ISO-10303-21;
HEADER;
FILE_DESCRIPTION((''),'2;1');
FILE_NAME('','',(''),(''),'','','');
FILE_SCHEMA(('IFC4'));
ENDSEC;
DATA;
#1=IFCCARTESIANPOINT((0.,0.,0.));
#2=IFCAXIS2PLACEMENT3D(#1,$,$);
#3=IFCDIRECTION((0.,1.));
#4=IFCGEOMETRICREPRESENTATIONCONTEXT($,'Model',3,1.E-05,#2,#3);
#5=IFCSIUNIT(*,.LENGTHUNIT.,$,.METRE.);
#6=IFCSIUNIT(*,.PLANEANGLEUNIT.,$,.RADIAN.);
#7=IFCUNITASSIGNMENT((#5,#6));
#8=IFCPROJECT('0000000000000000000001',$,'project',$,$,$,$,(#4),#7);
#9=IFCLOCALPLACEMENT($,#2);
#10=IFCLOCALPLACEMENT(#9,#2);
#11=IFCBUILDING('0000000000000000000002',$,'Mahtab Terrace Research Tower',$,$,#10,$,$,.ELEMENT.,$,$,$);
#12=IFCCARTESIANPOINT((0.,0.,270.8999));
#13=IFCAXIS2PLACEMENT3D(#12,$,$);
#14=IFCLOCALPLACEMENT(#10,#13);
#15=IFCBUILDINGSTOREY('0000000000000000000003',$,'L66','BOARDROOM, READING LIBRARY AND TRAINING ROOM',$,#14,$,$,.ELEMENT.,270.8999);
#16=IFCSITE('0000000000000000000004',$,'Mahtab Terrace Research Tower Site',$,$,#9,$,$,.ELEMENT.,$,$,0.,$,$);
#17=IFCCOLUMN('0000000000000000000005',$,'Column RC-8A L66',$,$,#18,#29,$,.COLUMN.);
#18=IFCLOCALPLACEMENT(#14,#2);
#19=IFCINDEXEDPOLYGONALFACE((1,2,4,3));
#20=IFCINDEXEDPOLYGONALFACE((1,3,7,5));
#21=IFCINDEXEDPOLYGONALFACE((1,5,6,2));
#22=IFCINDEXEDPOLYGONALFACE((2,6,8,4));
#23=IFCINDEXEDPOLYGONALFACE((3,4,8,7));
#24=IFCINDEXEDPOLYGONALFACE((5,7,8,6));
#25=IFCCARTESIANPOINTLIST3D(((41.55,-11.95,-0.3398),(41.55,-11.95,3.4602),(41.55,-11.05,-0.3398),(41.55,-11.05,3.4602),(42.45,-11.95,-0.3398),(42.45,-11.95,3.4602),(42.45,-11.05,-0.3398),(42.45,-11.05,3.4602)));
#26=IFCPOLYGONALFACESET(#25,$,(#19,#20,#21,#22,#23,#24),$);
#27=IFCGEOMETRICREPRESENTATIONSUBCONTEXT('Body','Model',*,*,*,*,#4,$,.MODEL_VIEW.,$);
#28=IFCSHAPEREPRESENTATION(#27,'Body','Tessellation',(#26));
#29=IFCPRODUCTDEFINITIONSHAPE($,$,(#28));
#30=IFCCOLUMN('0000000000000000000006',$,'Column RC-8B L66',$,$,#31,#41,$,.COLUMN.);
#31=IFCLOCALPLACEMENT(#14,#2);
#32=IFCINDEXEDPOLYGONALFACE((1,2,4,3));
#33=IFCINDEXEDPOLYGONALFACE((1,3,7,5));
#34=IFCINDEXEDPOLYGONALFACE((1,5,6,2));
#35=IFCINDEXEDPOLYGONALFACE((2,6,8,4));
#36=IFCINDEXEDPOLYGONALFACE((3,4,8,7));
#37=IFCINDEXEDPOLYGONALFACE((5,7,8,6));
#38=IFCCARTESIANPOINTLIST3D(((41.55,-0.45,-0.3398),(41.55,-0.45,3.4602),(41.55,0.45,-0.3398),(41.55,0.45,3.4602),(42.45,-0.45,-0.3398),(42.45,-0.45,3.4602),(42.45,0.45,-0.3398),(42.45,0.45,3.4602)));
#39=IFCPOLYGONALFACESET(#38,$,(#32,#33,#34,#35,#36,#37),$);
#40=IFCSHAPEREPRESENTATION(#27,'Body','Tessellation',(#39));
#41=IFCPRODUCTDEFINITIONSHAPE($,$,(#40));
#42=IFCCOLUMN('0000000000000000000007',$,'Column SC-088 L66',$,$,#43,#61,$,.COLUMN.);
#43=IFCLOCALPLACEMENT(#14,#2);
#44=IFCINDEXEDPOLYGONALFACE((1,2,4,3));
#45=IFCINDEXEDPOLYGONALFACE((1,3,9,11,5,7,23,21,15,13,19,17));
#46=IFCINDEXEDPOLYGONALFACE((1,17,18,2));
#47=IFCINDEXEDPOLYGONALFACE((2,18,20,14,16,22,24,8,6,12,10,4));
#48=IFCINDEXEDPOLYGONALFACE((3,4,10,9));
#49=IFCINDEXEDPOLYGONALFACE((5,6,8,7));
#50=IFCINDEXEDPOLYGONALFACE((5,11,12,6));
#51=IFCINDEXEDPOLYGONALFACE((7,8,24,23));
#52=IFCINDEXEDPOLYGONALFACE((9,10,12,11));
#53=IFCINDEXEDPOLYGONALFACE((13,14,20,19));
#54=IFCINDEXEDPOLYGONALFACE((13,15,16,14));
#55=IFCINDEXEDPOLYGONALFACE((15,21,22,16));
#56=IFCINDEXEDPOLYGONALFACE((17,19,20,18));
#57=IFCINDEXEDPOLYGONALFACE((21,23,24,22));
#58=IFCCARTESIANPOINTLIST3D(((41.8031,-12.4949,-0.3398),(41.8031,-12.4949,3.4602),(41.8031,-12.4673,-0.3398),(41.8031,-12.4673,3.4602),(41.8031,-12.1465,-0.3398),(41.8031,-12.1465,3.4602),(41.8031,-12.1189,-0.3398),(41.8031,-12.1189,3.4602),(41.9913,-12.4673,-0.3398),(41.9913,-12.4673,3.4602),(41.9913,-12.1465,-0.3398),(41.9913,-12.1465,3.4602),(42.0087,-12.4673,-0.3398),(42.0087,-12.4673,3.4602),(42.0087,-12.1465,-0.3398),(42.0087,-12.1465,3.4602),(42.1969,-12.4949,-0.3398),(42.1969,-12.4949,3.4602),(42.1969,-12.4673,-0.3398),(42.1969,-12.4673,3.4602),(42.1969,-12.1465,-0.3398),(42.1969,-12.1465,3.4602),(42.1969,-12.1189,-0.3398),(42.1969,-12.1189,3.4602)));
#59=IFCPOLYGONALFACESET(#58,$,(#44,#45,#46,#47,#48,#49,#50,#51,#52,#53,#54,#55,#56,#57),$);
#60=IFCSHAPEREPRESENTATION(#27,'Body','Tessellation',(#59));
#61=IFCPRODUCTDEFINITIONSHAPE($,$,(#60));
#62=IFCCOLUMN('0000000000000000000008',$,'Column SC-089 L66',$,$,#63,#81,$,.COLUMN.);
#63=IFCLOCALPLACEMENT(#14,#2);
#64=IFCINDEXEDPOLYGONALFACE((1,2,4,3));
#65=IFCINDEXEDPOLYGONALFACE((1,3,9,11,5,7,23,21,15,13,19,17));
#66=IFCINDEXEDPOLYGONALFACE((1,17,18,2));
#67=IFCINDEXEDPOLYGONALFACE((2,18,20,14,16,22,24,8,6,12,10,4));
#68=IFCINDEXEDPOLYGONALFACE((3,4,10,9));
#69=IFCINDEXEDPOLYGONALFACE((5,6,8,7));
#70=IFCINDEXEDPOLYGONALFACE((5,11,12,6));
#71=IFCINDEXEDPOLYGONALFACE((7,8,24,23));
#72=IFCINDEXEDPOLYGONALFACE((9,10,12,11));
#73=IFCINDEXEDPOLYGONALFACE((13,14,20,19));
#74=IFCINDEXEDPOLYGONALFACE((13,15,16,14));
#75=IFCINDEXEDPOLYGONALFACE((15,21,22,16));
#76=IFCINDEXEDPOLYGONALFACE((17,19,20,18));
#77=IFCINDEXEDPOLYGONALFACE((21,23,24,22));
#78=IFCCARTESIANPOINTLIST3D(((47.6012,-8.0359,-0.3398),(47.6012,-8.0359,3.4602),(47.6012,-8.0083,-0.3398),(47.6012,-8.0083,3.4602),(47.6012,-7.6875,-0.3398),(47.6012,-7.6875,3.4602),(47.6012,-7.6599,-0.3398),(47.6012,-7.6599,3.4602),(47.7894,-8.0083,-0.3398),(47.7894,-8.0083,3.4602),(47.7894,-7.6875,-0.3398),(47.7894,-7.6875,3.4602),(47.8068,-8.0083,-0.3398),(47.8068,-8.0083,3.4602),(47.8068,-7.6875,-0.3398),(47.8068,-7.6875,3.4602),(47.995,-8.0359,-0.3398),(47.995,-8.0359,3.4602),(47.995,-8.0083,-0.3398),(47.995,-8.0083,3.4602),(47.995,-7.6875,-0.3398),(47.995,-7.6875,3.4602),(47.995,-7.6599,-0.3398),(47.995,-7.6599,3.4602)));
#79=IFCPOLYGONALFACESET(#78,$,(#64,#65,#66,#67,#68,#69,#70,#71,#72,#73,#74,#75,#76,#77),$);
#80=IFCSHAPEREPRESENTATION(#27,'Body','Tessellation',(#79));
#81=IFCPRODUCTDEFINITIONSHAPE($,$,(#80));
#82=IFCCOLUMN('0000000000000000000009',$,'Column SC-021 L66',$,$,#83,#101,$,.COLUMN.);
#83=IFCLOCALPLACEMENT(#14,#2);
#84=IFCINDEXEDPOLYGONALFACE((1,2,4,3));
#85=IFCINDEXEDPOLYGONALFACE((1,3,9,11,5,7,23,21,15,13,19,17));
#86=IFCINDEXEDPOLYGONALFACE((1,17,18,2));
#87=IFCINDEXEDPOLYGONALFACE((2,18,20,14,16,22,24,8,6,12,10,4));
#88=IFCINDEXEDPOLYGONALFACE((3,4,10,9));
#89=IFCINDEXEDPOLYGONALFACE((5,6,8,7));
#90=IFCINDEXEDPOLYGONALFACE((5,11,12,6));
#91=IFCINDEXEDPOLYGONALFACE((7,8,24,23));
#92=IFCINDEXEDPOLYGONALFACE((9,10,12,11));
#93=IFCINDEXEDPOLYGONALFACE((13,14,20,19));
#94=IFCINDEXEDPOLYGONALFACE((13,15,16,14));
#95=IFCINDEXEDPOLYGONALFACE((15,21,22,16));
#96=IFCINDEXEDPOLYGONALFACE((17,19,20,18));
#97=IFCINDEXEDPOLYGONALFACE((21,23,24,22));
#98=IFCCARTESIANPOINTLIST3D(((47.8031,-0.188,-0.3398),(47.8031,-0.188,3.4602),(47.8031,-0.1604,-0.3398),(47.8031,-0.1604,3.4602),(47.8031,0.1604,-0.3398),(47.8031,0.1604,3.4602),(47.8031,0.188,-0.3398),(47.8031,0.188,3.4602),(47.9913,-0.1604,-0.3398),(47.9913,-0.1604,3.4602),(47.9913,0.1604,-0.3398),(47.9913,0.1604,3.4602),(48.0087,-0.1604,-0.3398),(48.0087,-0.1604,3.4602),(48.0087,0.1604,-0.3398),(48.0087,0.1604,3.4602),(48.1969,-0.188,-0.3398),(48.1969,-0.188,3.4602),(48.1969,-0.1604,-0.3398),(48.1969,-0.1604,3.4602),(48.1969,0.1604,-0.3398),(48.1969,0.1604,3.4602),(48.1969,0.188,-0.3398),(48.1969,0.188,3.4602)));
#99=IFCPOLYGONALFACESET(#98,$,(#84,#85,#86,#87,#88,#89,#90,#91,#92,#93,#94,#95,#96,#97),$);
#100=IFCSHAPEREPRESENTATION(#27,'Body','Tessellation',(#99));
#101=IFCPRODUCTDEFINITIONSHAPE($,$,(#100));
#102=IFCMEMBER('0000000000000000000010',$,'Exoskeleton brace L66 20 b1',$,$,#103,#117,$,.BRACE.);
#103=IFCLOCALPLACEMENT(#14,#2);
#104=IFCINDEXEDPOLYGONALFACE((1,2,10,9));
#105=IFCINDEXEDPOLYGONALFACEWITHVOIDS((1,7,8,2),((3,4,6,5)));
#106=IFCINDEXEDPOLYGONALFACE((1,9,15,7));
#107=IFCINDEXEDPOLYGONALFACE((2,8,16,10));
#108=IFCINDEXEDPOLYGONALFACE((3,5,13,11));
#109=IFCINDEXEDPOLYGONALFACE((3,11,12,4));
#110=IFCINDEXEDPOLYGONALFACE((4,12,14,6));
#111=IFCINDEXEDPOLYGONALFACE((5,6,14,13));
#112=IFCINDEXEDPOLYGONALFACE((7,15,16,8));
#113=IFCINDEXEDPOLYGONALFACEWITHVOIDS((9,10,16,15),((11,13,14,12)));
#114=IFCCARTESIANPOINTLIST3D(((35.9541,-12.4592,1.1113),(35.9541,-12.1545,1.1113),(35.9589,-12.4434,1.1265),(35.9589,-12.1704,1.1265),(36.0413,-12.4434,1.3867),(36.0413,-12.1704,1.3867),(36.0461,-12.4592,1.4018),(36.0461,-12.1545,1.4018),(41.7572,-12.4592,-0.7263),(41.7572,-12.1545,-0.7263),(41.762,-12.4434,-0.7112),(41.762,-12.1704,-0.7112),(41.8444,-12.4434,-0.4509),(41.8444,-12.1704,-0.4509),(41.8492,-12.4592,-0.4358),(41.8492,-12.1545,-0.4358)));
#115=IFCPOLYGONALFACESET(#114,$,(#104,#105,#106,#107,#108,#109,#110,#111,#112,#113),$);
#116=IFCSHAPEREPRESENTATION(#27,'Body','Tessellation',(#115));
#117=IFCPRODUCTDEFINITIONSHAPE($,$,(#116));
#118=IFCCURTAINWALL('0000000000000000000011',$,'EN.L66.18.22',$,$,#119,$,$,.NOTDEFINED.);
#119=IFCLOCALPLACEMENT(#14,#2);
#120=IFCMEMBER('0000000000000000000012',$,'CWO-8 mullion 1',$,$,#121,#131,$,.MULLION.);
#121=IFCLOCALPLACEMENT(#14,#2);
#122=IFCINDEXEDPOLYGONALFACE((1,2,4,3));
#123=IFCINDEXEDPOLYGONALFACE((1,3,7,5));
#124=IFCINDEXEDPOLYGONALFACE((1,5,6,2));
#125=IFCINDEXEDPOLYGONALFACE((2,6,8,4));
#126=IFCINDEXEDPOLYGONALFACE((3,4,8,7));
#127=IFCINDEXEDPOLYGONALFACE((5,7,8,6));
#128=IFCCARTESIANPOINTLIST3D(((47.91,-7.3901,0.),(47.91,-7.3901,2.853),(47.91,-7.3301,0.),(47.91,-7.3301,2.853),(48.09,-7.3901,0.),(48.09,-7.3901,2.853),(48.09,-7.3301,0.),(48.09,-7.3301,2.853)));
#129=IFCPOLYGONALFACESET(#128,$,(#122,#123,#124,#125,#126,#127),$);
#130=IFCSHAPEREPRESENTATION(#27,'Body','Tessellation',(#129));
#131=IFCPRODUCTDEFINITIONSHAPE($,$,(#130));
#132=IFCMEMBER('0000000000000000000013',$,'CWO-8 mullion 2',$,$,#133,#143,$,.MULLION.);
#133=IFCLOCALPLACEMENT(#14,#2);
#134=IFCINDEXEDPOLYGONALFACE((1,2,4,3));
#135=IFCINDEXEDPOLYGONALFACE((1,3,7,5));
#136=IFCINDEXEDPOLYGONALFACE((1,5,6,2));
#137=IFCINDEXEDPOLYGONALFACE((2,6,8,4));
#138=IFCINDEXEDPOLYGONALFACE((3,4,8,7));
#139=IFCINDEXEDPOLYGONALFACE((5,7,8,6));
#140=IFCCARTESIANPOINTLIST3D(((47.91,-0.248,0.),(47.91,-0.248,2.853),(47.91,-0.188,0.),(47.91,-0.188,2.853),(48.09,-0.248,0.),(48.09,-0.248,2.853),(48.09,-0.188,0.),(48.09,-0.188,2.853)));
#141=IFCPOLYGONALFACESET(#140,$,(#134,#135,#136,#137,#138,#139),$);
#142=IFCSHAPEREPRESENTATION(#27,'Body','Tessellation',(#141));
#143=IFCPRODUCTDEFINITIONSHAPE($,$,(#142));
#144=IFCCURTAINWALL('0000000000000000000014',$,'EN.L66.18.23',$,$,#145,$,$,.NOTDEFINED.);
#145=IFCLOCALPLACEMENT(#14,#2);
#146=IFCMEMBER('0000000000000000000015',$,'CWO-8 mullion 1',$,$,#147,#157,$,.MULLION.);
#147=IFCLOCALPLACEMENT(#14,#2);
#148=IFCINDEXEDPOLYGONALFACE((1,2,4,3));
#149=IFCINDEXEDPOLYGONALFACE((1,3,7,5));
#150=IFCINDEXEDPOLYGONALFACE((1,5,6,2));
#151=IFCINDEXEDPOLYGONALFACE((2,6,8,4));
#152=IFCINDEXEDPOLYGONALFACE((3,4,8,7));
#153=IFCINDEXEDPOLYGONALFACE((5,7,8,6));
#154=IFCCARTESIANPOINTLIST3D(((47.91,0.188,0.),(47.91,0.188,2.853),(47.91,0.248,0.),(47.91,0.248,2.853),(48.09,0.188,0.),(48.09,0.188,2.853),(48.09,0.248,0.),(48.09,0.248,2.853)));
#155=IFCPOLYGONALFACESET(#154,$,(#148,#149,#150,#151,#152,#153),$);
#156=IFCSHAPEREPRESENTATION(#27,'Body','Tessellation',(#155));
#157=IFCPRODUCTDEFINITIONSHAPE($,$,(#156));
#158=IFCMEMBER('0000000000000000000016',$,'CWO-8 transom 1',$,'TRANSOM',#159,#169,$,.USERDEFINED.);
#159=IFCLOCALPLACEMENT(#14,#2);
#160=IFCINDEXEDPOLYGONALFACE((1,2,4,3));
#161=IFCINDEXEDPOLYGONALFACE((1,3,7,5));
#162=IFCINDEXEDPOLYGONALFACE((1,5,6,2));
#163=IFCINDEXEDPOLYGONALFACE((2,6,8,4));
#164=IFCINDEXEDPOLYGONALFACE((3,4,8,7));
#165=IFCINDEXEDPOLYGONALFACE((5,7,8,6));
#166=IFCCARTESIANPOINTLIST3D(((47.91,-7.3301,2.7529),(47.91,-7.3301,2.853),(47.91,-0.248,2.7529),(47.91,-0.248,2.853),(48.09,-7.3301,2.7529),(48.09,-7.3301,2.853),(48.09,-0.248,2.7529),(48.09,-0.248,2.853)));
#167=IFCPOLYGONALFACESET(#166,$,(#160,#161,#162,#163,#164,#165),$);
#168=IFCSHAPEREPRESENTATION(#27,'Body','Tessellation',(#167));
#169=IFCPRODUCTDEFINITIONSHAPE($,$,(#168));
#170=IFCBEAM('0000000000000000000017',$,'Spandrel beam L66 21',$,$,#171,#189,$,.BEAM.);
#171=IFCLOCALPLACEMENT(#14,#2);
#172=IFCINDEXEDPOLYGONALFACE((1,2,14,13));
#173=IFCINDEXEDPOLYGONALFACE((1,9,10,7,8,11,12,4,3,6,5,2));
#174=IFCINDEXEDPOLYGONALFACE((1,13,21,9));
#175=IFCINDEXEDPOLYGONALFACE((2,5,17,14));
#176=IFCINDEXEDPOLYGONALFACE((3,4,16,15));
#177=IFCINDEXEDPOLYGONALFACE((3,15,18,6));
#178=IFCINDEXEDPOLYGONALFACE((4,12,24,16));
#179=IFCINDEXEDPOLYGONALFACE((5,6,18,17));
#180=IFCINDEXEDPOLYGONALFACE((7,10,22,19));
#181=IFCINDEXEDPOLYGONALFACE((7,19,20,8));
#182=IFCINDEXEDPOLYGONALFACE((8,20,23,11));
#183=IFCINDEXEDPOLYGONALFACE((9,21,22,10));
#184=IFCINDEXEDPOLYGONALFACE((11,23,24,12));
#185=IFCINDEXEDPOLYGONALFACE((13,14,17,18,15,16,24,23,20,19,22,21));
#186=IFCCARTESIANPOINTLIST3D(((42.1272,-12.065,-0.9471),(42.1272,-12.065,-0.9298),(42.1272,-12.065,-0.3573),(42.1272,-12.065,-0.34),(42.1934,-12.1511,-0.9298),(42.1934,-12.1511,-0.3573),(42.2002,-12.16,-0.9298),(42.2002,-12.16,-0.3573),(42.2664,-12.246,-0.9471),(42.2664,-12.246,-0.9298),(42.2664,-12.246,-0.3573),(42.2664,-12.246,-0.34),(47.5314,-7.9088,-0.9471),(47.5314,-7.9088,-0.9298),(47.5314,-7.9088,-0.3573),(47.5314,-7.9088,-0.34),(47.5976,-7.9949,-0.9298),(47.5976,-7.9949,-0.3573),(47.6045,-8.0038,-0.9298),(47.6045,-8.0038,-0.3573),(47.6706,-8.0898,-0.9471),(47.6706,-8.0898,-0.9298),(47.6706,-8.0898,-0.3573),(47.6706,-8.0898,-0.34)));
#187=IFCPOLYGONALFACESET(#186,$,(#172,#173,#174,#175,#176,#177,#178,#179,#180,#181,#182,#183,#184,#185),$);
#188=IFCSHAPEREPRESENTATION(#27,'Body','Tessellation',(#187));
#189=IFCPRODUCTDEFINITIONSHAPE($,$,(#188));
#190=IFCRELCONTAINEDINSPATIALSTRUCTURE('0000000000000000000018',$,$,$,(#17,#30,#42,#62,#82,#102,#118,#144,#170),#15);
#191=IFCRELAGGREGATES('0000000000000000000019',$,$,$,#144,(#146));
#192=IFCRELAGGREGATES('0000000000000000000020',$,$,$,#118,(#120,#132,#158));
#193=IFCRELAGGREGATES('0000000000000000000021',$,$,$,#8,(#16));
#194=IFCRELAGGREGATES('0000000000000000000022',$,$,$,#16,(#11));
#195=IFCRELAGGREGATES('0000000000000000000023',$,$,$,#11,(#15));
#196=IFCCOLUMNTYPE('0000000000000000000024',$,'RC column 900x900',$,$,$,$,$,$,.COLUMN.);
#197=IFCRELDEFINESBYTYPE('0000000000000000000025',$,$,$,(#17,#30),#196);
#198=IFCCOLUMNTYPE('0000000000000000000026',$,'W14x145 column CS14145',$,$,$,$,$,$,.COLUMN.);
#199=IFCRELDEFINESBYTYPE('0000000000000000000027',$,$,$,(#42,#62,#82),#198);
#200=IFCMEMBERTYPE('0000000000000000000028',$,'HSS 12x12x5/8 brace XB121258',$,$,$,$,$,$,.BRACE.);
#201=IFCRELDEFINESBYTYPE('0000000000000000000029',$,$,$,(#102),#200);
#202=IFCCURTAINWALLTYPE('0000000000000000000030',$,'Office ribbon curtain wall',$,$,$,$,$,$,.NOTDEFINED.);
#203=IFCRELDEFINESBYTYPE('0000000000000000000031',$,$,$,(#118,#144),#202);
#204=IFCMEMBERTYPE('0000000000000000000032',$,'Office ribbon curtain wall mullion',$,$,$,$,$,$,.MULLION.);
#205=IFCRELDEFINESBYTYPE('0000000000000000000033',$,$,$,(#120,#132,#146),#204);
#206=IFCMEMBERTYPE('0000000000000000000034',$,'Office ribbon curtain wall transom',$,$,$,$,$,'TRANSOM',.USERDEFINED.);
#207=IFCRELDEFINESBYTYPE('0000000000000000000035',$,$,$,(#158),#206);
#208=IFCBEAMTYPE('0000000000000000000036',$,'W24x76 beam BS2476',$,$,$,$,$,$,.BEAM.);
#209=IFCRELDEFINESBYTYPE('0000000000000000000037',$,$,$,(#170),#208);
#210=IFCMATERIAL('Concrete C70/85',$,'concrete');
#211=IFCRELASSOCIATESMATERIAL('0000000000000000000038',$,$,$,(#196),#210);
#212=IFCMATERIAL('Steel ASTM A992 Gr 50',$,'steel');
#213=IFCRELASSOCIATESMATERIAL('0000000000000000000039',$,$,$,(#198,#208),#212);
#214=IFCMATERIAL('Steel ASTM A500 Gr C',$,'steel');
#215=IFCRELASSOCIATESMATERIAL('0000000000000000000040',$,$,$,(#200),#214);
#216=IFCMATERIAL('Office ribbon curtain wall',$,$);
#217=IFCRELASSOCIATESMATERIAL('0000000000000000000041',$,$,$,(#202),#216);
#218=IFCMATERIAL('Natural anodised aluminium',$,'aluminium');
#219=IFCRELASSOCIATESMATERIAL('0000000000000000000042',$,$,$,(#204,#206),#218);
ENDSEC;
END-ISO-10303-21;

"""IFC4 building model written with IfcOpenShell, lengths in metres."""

from ifc_helpers import new_model, si_unit, direction, frame, origin, origin_2d, place, context, subcontext, project, spatial, rectangle, hollow_rectangle, i_section, extrude, material, material_profile, profile_set, type_object, element, aggregate, save


model = new_model("IFC4")

# Units and contexts
model_context = context("Model", 3, precision=1e-05, world=origin(), true_north=direction((0.0, 1.0)))
body_context = subcontext(model_context, "Body", "Model", "MODEL_VIEW")
ifc_project = project(units=[si_unit("LENGTHUNIT", "METRE"), si_unit("PLANEANGLEUNIT", "RADIAN")], contexts=[model_context])

# Site, building, storey
site_placement = place(None, origin())
site = spatial("IfcSite", under=ifc_project, at=site_placement, Name="Mahtab Terrace Research Tower Site", CompositionType="ELEMENT", RefElevation=0.0)
building_placement = place(site_placement, origin())
building = spatial("IfcBuilding", under=site, at=building_placement, Name="Mahtab Terrace Research Tower", CompositionType="ELEMENT")
storey_placement = place(building_placement, frame((0.0, 0.0, 270.8999)))
storey = spatial("IfcBuildingStorey", under=building, at=storey_placement, Name="L66", Description="BOARDROOM, READING LIBRARY AND TRAINING ROOM", CompositionType="ELEMENT", Elevation=270.8999)

# Columns
ifc_material_1 = material(Name="Concrete C70/85", Category="concrete")
ifc_material_profile_1 = material_profile(ifc_material_1, rectangle(XDim=0.8999, YDim=0.8999, at=origin_2d()), Name="RC column 900x900")
ifc_profile_set_1 = profile_set([ifc_material_profile_1], Name="Concrete C70/85")
column_type_1 = type_object("IfcColumnType", Name="RC column 900x900", PredefinedType="COLUMN", material=ifc_profile_set_1)
for number, where, z_axis, x_axis, name in (
    (1, (42.0, -11.5, -0.3398), (0.0, 0.0, 1.0), (1.0, 0.0, 0.0), "Column RC-8A L66"),
    (2, (42.0, 0.0, -0.3398), (0.0, 0.0, 1.0), (1.0, 0.0, 0.0), "Column RC-8B L66"),
):
    element("IfcColumn", number, at=place(storey_placement, frame(where, z_axis=z_axis, x_axis=x_axis)), inside=storey, type_object=column_type_1, Name=name, PredefinedType="COLUMN", context=body_context, shape_type="SweptSolid", body=[
        extrude(rectangle(XDim=0.8999, YDim=0.8999, at=origin_2d()), origin(), (0.0, 0.0, 1.0), 3.8),
    ])
ifc_material_2 = material(Name="Steel ASTM A992 Gr 50", Category="steel")
ifc_material_profile_2 = material_profile(ifc_material_2, i_section(OverallWidth=0.3938, OverallDepth=0.376, WebThickness=0.0173, FlangeThickness=0.0276, at=origin_2d()), Name="W14X145")
ifc_profile_set_2 = profile_set([ifc_material_profile_2], Name="Steel ASTM A992 Gr 50")
column_type_2 = type_object("IfcColumnType", Name="W14x145 column CS14145", PredefinedType="COLUMN", material=ifc_profile_set_2)
for number, where, z_axis, x_axis, name in (
    (3, (42.0, -12.3069, -0.3398), (0.0, 0.0, 1.0), (1.0, 0.0, 0.0), "Column SC-088 L66"),
    (4, (47.7981, -7.8479, -0.3398), (0.0, 0.0, 1.0), (1.0, 0.0, 0.0), "Column SC-089 L66"),
    (5, (48.0, 0.0, -0.3398), (0.0, 0.0, 1.0), (1.0, 0.0, 0.0), "Column SC-021 L66"),
):
    element("IfcColumn", number, at=place(storey_placement, frame(where, z_axis=z_axis, x_axis=x_axis)), inside=storey, type_object=column_type_2, Name=name, PredefinedType="COLUMN", context=body_context, shape_type="SweptSolid", body=[
        extrude(i_section(OverallWidth=0.3938, OverallDepth=0.376, WebThickness=0.0173, FlangeThickness=0.0276, at=origin_2d()), origin(), (0.0, 0.0, 1.0), 3.8),
    ])

# Member
ifc_material_3 = material(Name="Steel ASTM A500 Gr C", Category="steel")
ifc_material_profile_3 = material_profile(ifc_material_3, hollow_rectangle(XDim=0.3047, YDim=0.3047, WallThickness=0.0159, at=origin_2d()), Name="HSS12X12X5/8")
ifc_profile_set_3 = profile_set([ifc_material_profile_3], Name="Steel ASTM A500 Gr C")
member_type_1 = type_object("IfcMemberType", Name="HSS 12x12x5/8 brace XB121258", PredefinedType="BRACE", material=ifc_profile_set_3)
member_1_placement = place(storey_placement, frame((41.8032, -12.3069, -0.5811), z_axis=(-0.953344, 0.0, 0.301886), x_axis=(0.0, -1.0, 0.0)))
element("IfcMember", 6, at=member_1_placement, inside=storey, type_object=member_type_1, Name="Exoskeleton brace L66 20 b1", PredefinedType="BRACE", context=body_context, shape_type="SweptSolid", body=[
    extrude(hollow_rectangle(XDim=0.3047, YDim=0.3047, WallThickness=0.0159, at=origin_2d()), origin(), (0.0, 0.0, 1.0), 6.0872),
])

# Curtain wall, members
ifc_material_4 = material(Name="Office ribbon curtain wall")
curtain_wall_type = type_object("IfcCurtainWallType", Name="Office ribbon curtain wall", PredefinedType="NOTDEFINED", material=ifc_material_4)
curtain_wall_1_placement = place(storey_placement, origin())
curtain_wall_1 = element("IfcCurtainWall", 7, at=curtain_wall_1_placement, inside=storey, type_object=curtain_wall_type, Name="EN.L66.18.22", PredefinedType="NOTDEFINED")
ifc_material_5 = material(Name="Natural anodised aluminium", Category="aluminium")
ifc_material_profile_4 = material_profile(ifc_material_5, rectangle(XDim=0.1799, YDim=0.0601, at=origin_2d()), Name="MULLION 60x180")
ifc_profile_set_4 = profile_set([ifc_material_profile_4], Name="Natural anodised aluminium")
member_type_2 = type_object("IfcMemberType", Name="Office ribbon curtain wall mullion", PredefinedType="MULLION", material=ifc_profile_set_4)
member_2_placement = place(storey_placement, frame((48.0, -7.3601, 0.0), z_axis=(0.0, 0.0, 1.0), x_axis=(-1.0, 0.0, 0.0)))
member_2 = element("IfcMember", 8, at=member_2_placement, type_object=member_type_2, Name="CWO-8 mullion 1", PredefinedType="MULLION", context=body_context, shape_type="SweptSolid", body=[
    extrude(rectangle(XDim=0.1799, YDim=0.0601, at=origin_2d()), origin(), (0.0, 0.0, 1.0), 2.853),
])
member_3_placement = place(storey_placement, frame((48.0, -0.218, 0.0), z_axis=(0.0, 0.0, 1.0), x_axis=(-1.0, 0.0, 0.0)))
member_3 = element("IfcMember", 9, at=member_3_placement, type_object=member_type_2, Name="CWO-8 mullion 2", PredefinedType="MULLION", context=body_context, shape_type="SweptSolid", body=[
    extrude(rectangle(XDim=0.1799, YDim=0.0601, at=origin_2d()), origin(), (0.0, 0.0, 1.0), 2.853),
])

# Curtain wall, member
curtain_wall_2_placement = place(storey_placement, origin())
curtain_wall_2 = element("IfcCurtainWall", 10, at=curtain_wall_2_placement, inside=storey, type_object=curtain_wall_type, Name="EN.L66.18.23", PredefinedType="NOTDEFINED")
member_4_placement = place(storey_placement, frame((48.0, 0.218, 0.0), z_axis=(0.0, 0.0, 1.0), x_axis=(-1.0, 0.0, 0.0)))
member_4 = element("IfcMember", 11, at=member_4_placement, type_object=member_type_2, Name="CWO-8 mullion 1", PredefinedType="MULLION", context=body_context, shape_type="SweptSolid", body=[
    extrude(rectangle(XDim=0.1799, YDim=0.0601, at=origin_2d()), origin(), (0.0, 0.0, 1.0), 2.853),
])
aggregate(curtain_wall_2, [member_4])

# Member
ifc_material_profile_5 = material_profile(ifc_material_5, rectangle(XDim=0.1799, YDim=0.1001, at=origin_2d()), Name="TRANSOM 100x180")
ifc_profile_set_5 = profile_set([ifc_material_profile_5], Name="Natural anodised aluminium")
member_type_3 = type_object("IfcMemberType", Name="Office ribbon curtain wall transom", ElementType="TRANSOM", PredefinedType="USERDEFINED", material=ifc_profile_set_5)
member_5_placement = place(storey_placement, frame((48.0, -7.3301, 2.803), z_axis=(0.0, 1.0, 0.0), x_axis=(-1.0, 0.0, 0.0)))
member_5 = element("IfcMember", 12, at=member_5_placement, type_object=member_type_3, Name="CWO-8 transom 1", ObjectType="TRANSOM", PredefinedType="USERDEFINED", context=body_context, shape_type="SweptSolid", body=[
    extrude(rectangle(XDim=0.1799, YDim=0.1001, at=origin_2d()), origin(), (0.0, 0.0, 1.0), 7.082),
])

# Beam
ifc_material_profile_6 = material_profile(ifc_material_2, i_section(OverallWidth=0.2283, OverallDepth=0.6072, WebThickness=0.0112, FlangeThickness=0.0173, at=origin_2d()), Name="W24X76")
ifc_profile_set_6 = profile_set([ifc_material_profile_6], Name="Steel ASTM A992 Gr 50")
beam_type = type_object("IfcBeamType", Name="W24x76 beam BS2476", PredefinedType="BEAM", material=ifc_profile_set_6)
beam_1_placement = place(storey_placement, frame((42.1968, -12.1555, -0.6436), z_axis=(0.792688, 0.609628, 0.0), x_axis=(-0.609628, 0.792688, 0.0)))
element("IfcBeam", 13, at=beam_1_placement, inside=storey, type_object=beam_type, Name="Spandrel beam L66 21", PredefinedType="BEAM", context=body_context, shape_type="SweptSolid", body=[
    extrude(i_section(OverallWidth=0.2283, OverallDepth=0.6072, WebThickness=0.0112, FlangeThickness=0.0173, at=origin_2d()), origin(), (0.0, 0.0, 1.0), 6.8176),
])

aggregate(curtain_wall_1, [member_2, member_3, member_5])

save(model, "model.ifc")
